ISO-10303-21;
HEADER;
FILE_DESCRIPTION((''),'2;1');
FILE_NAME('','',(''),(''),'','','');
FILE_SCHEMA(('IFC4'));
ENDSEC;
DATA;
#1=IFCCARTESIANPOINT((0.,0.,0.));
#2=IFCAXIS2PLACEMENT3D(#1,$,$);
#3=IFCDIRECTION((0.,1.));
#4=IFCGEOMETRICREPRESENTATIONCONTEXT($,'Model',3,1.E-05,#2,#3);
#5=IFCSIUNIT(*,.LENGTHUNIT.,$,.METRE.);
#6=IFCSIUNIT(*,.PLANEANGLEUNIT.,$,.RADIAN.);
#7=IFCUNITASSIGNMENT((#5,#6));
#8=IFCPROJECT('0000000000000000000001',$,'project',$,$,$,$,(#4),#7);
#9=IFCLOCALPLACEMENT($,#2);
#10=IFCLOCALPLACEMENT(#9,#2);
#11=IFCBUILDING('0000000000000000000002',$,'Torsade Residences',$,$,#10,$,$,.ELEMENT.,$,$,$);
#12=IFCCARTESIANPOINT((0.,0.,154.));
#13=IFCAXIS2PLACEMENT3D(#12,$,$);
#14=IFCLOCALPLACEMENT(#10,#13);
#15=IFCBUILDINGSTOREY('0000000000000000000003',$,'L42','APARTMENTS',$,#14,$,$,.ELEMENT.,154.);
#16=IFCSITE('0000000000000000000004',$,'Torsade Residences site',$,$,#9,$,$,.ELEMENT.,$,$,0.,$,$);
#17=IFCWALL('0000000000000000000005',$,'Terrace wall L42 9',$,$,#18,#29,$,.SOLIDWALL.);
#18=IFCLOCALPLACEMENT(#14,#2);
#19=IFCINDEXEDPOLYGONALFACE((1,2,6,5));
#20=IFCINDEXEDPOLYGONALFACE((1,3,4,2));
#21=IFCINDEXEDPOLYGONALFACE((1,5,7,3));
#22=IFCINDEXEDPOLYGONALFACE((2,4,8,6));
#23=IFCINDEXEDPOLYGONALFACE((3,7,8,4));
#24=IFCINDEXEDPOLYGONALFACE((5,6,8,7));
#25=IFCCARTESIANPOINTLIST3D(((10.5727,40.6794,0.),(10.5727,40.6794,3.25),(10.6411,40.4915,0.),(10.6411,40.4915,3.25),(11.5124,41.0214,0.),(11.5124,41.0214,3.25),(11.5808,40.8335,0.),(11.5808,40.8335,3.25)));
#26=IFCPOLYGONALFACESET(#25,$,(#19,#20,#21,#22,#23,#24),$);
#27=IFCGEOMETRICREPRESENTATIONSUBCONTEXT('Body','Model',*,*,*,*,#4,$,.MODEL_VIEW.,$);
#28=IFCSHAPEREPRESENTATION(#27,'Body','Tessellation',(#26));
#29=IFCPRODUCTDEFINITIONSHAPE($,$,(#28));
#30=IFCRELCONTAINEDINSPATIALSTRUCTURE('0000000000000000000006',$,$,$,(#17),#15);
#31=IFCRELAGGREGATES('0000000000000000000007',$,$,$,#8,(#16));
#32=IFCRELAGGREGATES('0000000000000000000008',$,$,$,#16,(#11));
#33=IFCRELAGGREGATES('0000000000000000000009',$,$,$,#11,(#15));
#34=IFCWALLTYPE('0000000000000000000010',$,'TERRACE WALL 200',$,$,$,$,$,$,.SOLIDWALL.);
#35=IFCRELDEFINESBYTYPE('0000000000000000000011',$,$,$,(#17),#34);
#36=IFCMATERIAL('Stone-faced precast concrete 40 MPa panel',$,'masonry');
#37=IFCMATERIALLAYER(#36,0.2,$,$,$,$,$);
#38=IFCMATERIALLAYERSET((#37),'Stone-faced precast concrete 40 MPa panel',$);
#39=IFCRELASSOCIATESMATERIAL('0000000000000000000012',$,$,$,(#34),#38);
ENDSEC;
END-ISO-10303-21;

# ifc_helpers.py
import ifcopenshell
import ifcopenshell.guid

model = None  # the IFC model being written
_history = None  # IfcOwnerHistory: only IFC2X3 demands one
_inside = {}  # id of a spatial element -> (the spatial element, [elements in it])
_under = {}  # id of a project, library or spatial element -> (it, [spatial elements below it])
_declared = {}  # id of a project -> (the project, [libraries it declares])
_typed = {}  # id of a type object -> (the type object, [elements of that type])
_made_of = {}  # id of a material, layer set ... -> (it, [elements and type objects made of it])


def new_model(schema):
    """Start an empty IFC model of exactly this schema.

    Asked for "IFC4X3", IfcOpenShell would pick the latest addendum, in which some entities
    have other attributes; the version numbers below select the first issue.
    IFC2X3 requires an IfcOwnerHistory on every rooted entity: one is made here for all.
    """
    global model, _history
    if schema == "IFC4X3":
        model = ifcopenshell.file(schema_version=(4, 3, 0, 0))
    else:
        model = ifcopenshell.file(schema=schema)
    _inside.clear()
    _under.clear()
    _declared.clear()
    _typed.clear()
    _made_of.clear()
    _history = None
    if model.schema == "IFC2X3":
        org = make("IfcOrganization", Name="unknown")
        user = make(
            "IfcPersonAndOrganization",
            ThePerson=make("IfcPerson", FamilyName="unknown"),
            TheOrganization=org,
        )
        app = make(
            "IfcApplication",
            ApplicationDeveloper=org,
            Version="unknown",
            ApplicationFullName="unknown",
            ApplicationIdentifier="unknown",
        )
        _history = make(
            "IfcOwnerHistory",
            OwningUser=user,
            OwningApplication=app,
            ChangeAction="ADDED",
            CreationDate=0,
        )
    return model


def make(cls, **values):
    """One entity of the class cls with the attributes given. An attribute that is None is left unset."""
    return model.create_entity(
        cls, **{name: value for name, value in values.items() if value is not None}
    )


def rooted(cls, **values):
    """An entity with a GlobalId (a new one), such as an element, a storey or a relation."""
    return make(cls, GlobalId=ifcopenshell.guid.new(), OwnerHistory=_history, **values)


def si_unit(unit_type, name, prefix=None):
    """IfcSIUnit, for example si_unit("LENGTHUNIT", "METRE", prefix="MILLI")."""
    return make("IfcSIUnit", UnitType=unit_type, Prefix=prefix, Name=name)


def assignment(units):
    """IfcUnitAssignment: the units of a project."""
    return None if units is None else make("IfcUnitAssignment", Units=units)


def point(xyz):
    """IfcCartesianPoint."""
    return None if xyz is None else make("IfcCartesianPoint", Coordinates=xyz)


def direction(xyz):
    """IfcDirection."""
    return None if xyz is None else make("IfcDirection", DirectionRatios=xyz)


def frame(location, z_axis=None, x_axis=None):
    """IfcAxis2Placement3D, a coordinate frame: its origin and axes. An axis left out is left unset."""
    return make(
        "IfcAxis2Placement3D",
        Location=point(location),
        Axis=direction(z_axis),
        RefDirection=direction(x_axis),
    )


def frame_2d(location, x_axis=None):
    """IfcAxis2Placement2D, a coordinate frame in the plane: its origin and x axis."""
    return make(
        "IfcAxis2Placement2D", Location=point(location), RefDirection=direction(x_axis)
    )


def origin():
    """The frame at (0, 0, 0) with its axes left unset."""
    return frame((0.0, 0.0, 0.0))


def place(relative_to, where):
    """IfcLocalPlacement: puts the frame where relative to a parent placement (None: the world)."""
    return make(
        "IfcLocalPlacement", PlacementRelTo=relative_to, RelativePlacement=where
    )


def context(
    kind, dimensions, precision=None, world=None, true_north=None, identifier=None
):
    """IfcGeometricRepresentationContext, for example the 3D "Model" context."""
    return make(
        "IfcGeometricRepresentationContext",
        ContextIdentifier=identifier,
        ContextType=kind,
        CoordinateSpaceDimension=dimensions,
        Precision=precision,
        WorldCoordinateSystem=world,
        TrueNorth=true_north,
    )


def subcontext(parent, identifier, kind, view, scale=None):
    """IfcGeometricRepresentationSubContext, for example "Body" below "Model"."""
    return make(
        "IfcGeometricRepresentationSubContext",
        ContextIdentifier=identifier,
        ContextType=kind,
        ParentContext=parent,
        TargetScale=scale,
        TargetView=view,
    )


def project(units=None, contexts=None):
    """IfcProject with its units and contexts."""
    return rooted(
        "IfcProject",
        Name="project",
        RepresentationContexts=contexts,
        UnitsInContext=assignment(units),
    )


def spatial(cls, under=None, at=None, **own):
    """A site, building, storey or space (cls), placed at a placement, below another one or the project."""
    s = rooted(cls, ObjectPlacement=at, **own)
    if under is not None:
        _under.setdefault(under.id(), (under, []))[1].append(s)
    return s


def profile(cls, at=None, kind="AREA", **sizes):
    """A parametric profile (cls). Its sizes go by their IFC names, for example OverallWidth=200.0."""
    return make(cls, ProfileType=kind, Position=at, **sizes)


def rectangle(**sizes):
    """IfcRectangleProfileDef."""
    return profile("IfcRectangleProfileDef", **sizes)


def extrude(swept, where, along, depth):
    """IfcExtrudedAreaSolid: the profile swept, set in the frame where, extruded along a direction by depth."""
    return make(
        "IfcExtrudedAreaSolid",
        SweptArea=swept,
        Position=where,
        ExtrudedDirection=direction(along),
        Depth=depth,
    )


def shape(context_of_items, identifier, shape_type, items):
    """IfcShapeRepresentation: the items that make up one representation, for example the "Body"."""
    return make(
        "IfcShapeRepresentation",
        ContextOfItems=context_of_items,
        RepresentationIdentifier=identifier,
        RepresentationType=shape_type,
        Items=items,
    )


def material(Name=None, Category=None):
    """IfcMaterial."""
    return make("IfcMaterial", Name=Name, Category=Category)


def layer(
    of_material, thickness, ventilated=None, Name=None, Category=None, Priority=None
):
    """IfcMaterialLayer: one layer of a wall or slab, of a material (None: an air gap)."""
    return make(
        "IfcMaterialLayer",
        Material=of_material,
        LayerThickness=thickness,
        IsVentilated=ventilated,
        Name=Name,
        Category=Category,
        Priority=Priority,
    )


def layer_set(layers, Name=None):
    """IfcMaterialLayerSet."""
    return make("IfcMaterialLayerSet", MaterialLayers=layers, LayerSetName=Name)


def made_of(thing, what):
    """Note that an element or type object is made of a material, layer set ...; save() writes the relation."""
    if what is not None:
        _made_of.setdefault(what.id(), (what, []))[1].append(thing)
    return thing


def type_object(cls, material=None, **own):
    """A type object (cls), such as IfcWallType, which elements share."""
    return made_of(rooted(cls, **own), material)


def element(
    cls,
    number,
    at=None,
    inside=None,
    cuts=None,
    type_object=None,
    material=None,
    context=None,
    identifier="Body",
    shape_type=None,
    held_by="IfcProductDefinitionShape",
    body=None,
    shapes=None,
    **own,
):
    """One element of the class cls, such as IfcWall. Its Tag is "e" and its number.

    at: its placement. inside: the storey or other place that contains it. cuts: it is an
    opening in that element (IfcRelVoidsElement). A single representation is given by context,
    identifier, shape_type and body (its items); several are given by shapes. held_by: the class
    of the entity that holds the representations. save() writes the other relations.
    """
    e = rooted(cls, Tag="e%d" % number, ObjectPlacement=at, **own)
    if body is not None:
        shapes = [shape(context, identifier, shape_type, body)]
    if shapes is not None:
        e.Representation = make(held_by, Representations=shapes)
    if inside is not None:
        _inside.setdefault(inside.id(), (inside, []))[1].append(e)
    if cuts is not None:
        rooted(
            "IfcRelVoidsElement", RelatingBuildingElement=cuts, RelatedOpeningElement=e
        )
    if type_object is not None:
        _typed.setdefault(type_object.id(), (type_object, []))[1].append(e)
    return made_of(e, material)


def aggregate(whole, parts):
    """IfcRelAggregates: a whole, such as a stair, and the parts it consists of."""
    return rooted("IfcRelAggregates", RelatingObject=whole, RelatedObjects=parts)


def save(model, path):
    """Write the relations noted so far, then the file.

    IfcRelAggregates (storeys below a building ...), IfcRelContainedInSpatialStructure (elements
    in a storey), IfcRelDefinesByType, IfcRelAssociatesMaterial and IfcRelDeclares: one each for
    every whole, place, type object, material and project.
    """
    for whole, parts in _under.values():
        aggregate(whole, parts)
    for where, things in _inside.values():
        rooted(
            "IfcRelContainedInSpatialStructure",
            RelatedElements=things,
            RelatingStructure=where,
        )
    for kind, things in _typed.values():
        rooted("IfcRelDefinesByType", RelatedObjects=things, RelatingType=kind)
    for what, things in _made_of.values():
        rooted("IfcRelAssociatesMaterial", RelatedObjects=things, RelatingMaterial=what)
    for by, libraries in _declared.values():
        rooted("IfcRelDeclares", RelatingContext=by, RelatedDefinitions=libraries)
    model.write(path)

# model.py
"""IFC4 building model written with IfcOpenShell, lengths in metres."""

from ifc_helpers import new_model, si_unit, direction, frame, frame_2d, origin, place, context, subcontext, project, spatial, rectangle, extrude, material, layer, layer_set, type_object, element, save


model = new_model("IFC4")

# Units and contexts
model_context = context("Model", 3, precision=1e-05, world=origin(), true_north=direction((0.0, 1.0)))
body_context = subcontext(model_context, "Body", "Model", "MODEL_VIEW")
ifc_project = project(units=[si_unit("LENGTHUNIT", "METRE"), si_unit("PLANEANGLEUNIT", "RADIAN")], contexts=[model_context])

# Site, building, storey
site_placement = place(None, origin())
site = spatial("IfcSite", under=ifc_project, at=site_placement, Name="Torsade Residences site", CompositionType="ELEMENT", RefElevation=0.0)
building_placement = place(site_placement, origin())
building = spatial("IfcBuilding", under=site, at=building_placement, Name="Torsade Residences", CompositionType="ELEMENT")
storey_placement = place(building_placement, frame((0.0, 0.0, 154.0)))
storey = spatial("IfcBuildingStorey", under=building, at=storey_placement, Name="L42", Description="APARTMENTS", CompositionType="ELEMENT", Elevation=154.0)

# Wall
ifc_material_1 = material(Name="Stone-faced precast concrete 40 MPa panel", Category="masonry")
ifc_layer_1 = layer(ifc_material_1, 0.2)
ifc_layer_set_1 = layer_set([ifc_layer_1], Name="Stone-faced precast concrete 40 MPa panel")
wall_type_1 = type_object("IfcWallType", Name="TERRACE WALL 200", PredefinedType="SOLIDWALL", material=ifc_layer_set_1)
wall_1_placement = place(storey_placement, frame((11.5466, 40.9275, 0.0), z_axis=(0.0, 0.0, 1.0), x_axis=(-0.939686, -0.342037, 0.0)))
element("IfcWall", 1, at=wall_1_placement, inside=storey, type_object=wall_type_1, Name="Terrace wall L42 9", PredefinedType="SOLIDWALL", context=body_context, shape_type="SweptSolid", body=[
    extrude(rectangle(XDim=1.0, YDim=0.2, at=frame_2d((0.5, 0.0))), origin(), (0.0, 0.0, 1.0), 3.25),
])

save(model, "model.ifc")
